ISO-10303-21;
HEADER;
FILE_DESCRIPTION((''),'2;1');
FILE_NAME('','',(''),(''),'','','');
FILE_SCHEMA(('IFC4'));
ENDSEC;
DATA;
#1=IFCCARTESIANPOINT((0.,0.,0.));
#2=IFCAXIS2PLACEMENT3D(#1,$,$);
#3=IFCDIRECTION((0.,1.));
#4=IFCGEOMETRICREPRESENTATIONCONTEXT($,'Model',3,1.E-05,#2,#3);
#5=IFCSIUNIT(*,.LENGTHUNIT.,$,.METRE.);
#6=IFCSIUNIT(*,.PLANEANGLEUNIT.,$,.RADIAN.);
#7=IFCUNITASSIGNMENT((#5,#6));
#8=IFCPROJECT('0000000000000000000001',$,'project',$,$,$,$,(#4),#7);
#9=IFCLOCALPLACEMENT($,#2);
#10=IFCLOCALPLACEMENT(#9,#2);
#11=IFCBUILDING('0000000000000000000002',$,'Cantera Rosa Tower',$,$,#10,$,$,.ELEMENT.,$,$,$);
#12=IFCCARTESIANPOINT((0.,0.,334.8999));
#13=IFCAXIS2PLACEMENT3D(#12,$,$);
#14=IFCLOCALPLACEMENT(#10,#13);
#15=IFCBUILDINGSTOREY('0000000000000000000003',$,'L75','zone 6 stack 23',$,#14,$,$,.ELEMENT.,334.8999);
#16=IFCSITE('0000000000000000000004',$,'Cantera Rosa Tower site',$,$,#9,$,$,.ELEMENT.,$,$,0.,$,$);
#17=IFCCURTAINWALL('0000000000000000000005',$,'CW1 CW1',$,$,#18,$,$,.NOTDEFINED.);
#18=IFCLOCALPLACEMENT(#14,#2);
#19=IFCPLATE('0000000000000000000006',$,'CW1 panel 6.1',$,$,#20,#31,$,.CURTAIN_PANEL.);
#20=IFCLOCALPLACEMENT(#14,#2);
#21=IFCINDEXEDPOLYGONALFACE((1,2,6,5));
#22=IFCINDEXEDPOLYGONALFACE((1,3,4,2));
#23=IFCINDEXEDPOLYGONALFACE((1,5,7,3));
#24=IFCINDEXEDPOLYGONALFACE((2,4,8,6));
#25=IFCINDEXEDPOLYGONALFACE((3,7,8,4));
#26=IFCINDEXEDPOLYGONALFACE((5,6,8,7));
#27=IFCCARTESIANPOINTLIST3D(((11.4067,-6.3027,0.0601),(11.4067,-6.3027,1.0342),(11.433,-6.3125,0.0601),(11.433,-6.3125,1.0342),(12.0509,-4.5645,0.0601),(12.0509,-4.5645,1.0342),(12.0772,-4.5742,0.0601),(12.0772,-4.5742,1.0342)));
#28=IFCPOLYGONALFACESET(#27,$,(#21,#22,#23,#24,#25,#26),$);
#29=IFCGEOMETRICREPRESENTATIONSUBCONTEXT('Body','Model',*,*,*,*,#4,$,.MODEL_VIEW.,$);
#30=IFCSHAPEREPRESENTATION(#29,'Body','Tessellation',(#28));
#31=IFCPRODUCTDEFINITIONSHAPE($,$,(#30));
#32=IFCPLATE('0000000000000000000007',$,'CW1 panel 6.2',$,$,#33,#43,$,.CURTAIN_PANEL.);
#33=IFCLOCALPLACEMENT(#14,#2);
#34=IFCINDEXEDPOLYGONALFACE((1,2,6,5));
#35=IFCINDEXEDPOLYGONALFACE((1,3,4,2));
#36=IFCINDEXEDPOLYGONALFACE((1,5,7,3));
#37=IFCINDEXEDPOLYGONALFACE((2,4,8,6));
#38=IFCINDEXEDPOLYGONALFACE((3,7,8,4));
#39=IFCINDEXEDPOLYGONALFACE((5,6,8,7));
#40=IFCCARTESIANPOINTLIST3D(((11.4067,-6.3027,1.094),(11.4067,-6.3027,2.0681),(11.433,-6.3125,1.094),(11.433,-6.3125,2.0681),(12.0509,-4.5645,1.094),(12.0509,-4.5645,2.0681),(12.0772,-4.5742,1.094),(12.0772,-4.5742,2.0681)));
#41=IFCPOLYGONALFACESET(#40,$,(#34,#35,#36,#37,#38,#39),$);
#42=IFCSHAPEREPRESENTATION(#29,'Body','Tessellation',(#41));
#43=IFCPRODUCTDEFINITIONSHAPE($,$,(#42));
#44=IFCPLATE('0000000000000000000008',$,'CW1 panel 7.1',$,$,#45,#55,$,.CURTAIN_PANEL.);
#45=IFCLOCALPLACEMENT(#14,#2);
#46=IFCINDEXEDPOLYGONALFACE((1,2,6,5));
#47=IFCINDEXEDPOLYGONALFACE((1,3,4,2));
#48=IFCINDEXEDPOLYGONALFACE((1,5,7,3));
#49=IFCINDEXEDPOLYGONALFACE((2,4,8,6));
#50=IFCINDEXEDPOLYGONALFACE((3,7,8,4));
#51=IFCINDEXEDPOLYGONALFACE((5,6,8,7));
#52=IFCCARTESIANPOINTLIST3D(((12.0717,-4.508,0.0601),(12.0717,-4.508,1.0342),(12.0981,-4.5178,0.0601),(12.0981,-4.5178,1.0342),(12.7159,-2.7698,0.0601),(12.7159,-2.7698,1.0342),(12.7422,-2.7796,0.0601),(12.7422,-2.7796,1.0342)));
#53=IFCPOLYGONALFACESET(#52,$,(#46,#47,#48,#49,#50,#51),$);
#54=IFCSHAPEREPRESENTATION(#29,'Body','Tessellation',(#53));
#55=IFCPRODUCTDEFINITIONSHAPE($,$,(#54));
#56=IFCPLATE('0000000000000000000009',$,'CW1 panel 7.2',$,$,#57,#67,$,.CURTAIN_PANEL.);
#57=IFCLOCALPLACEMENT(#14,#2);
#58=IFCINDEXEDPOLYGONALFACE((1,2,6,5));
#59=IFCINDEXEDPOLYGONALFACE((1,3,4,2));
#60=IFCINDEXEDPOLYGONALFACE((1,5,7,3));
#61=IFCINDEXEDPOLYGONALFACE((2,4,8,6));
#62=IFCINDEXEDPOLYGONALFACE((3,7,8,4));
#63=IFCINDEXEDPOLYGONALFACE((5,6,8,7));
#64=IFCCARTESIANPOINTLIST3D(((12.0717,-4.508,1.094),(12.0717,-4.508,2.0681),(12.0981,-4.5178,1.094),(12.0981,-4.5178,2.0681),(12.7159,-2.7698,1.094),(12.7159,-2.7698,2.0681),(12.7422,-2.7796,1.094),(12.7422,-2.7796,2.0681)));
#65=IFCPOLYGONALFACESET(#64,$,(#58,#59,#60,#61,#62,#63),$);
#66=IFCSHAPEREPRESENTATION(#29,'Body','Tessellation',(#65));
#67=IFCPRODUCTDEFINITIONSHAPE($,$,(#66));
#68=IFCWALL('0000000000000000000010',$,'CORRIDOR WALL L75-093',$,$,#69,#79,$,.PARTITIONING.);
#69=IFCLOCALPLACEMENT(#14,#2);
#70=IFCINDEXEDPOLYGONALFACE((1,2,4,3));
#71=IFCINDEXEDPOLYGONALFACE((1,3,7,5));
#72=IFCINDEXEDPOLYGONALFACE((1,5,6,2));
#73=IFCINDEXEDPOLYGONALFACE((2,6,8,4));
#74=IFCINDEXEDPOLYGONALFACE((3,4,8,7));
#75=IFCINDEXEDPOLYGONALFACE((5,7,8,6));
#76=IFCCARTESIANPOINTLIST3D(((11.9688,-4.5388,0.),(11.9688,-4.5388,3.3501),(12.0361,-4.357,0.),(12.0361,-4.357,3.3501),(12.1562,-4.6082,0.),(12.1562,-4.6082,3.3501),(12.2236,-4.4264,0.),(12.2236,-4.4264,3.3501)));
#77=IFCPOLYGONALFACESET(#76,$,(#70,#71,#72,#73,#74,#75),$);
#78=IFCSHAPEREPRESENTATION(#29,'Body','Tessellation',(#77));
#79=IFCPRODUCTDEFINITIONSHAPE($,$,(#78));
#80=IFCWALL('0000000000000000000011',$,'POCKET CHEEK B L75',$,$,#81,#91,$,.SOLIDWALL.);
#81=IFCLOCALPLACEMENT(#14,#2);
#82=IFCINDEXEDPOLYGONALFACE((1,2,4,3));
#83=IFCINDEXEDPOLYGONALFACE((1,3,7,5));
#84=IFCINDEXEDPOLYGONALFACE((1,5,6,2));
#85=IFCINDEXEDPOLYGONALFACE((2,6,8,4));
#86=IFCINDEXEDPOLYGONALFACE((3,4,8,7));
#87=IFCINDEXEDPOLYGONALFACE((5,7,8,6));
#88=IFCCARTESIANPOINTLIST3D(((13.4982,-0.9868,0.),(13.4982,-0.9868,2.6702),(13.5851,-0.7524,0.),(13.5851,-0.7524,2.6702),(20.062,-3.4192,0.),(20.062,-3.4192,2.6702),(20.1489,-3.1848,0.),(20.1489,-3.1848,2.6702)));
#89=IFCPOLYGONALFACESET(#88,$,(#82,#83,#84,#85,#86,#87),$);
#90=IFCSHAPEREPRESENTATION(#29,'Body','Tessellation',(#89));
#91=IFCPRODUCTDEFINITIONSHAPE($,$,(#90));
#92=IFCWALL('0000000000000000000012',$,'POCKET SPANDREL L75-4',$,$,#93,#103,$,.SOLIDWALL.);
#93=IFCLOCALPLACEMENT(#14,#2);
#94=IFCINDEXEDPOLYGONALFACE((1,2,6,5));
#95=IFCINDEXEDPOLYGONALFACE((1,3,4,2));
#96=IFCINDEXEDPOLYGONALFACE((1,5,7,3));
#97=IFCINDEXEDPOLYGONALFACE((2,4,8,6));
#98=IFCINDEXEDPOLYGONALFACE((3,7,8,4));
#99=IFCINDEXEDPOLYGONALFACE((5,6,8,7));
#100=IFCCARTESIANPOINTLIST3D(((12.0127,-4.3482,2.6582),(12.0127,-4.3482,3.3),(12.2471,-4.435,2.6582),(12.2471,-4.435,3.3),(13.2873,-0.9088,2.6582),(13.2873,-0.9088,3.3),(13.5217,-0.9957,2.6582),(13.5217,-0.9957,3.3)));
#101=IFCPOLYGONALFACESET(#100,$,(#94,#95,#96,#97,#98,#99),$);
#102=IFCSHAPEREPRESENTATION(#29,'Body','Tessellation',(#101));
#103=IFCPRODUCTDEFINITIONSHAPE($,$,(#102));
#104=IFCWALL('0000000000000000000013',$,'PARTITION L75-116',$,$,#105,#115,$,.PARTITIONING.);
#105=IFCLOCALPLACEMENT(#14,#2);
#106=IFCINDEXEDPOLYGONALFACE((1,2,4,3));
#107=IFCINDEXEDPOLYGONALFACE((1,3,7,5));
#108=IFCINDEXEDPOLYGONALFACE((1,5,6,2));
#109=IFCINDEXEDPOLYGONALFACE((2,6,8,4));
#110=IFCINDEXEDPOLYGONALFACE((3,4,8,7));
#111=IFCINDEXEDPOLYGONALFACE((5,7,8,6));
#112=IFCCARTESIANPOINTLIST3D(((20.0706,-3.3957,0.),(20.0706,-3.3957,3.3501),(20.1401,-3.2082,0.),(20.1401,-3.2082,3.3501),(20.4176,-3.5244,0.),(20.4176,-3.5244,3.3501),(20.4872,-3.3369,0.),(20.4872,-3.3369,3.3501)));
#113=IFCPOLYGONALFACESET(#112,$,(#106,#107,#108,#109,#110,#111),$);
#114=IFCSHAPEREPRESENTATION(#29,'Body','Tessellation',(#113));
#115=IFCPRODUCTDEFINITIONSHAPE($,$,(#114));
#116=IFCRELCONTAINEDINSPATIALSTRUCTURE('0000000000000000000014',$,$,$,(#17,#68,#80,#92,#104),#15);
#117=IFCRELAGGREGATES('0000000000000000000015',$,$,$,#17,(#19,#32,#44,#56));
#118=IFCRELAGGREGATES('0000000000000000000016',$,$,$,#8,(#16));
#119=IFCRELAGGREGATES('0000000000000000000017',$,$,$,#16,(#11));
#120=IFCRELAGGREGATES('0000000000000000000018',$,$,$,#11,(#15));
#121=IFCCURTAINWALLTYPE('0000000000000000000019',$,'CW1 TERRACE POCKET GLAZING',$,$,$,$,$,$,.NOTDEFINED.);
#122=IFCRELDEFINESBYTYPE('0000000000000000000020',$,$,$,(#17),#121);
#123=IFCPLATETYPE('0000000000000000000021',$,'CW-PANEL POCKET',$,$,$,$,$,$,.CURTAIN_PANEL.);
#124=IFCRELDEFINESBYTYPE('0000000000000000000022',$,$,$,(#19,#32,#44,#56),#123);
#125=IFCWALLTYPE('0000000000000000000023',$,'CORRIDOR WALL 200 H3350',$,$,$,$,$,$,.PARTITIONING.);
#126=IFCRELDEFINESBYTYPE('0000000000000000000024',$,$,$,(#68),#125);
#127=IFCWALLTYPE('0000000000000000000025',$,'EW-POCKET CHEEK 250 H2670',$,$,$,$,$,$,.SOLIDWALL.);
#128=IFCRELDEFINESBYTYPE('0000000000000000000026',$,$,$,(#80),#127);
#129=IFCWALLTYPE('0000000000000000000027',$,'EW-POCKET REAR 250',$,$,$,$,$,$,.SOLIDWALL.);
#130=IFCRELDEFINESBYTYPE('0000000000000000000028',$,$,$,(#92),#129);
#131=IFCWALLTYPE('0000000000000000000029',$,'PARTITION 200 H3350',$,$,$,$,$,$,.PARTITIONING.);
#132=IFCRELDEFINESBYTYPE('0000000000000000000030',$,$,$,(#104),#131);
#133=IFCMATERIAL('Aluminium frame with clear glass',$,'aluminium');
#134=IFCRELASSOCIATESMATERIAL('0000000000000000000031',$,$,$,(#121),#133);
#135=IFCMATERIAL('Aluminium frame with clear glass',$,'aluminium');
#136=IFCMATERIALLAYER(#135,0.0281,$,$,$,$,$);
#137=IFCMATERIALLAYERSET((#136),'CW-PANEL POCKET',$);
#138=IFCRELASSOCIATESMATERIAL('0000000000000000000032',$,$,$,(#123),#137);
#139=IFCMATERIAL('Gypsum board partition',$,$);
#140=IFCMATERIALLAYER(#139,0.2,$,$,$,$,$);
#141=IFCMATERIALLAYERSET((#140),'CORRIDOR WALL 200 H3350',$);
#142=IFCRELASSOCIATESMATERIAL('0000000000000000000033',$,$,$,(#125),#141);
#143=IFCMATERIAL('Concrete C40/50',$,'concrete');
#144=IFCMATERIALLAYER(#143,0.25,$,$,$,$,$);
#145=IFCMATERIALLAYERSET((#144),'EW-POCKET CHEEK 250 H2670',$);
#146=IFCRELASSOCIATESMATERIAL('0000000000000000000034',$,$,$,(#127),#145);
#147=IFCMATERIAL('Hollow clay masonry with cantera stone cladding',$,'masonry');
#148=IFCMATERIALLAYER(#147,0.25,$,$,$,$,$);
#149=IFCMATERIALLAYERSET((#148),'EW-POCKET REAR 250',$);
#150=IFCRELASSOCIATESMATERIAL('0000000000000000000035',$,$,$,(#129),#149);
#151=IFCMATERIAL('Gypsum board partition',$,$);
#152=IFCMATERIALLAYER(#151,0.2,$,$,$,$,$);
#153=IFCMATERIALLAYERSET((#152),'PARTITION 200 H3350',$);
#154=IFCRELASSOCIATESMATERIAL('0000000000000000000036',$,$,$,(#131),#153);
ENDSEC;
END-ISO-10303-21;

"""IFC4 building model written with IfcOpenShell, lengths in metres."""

from ifc_helpers import new_model, si_unit, direction, frame, frame_2d, origin, origin_2d, place, context, subcontext, project, spatial, rectangle, extrude, material, layer, layer_set, type_object, element, aggregate, save


model = new_model("IFC4")

# Units and contexts
model_context = context("Model", 3, precision=1e-05, world=origin(), true_north=direction((0.0, 1.0)))
body_context = subcontext(model_context, "Body", "Model", "MODEL_VIEW")
ifc_project = project(units=[si_unit("LENGTHUNIT", "METRE"), si_unit("PLANEANGLEUNIT", "RADIAN")], contexts=[model_context])

# Site, building, storey
site_placement = place(None, origin())
site = spatial("IfcSite", under=ifc_project, at=site_placement, Name="Cantera Rosa Tower site", CompositionType="ELEMENT", RefElevation=0.0)
building_placement = place(site_placement, origin())
building = spatial("IfcBuilding", under=site, at=building_placement, Name="Cantera Rosa Tower", CompositionType="ELEMENT")
storey_placement = place(building_placement, frame((0.0, 0.0, 334.8999)))
storey = spatial("IfcBuildingStorey", under=building, at=storey_placement, Name="L75", Description="zone 6 stack 23", CompositionType="ELEMENT", Elevation=334.8999)

# Curtain wall
ifc_material_1 = material(Name="Aluminium frame with clear glass", Category="aluminium")
curtain_wall_type = type_object("IfcCurtainWallType", Name="CW1 TERRACE POCKET GLAZING", PredefinedType="NOTDEFINED", material=ifc_material_1)
curtain_wall_placement = place(storey_placement, origin())
curtain_wall = element("IfcCurtainWall", 1, at=curtain_wall_placement, inside=storey, type_object=curtain_wall_type, Name="CW1 CW1", PredefinedType="NOTDEFINED")

# Plates
ifc_material_2 = material(Name="Aluminium frame with clear glass", Category="aluminium")
ifc_layer_1 = layer(ifc_material_2, 0.0281)
ifc_layer_set_1 = layer_set([ifc_layer_1], Name="CW-PANEL POCKET")
plate_type = type_object("IfcPlateType", Name="CW-PANEL POCKET", PredefinedType="CURTAIN_PANEL", material=ifc_layer_set_1)
plate_1_placement = place(storey_placement, frame((11.7419, -5.4385, 0.0601), z_axis=(0.0, 0.0, 1.0), x_axis=(0.347481, 0.937687, 0.0)))
plate_1 = element("IfcPlate", 2, at=plate_1_placement, type_object=plate_type, Name="CW1 panel 6.1", PredefinedType="CURTAIN_PANEL", context=body_context, shape_type="SweptSolid", body=[
    extrude(rectangle(XDim=1.8538, YDim=0.0281, at=origin_2d()), origin(), (0.0, 0.0, 1.0), 0.9741),
])
plate_2_placement = place(storey_placement, frame((11.7419, -5.4385, 1.094), z_axis=(0.0, 0.0, 1.0), x_axis=(0.347481, 0.937687, 0.0)))
plate_2 = element("IfcPlate", 3, at=plate_2_placement, type_object=plate_type, Name="CW1 panel 6.2", PredefinedType="CURTAIN_PANEL", context=body_context, shape_type="SweptSolid", body=[
    extrude(rectangle(XDim=1.8538, YDim=0.0281, at=origin_2d()), origin(), (0.0, 0.0, 1.0), 0.9741),
])
plate_3_placement = place(storey_placement, frame((12.407, -3.6438, 0.0601), z_axis=(0.0, 0.0, 1.0), x_axis=(0.347481, 0.937687, 0.0)))
plate_3 = element("IfcPlate", 4, at=plate_3_placement, type_object=plate_type, Name="CW1 panel 7.1", PredefinedType="CURTAIN_PANEL", context=body_context, shape_type="SweptSolid", body=[
    extrude(rectangle(XDim=1.8538, YDim=0.0281, at=origin_2d()), origin(), (0.0, 0.0, 1.0), 0.9741),
])
plate_4_placement = place(storey_placement, frame((12.407, -3.6438, 1.094), z_axis=(0.0, 0.0, 1.0), x_axis=(0.347481, 0.937687, 0.0)))
plate_4 = element("IfcPlate", 5, at=plate_4_placement, type_object=plate_type, Name="CW1 panel 7.2", PredefinedType="CURTAIN_PANEL", context=body_context, shape_type="SweptSolid", body=[
    extrude(rectangle(XDim=1.8538, YDim=0.0281, at=origin_2d()), origin(), (0.0, 0.0, 1.0), 0.9741),
])
aggregate(curtain_wall, [plate_1, plate_2, plate_3, plate_4])

# Wall
ifc_material_3 = material(Name="Gypsum board partition")
ifc_layer_2 = layer(ifc_material_3, 0.2)
ifc_layer_set_2 = layer_set([ifc_layer_2], Name="CORRIDOR WALL 200 H3350")
wall_type_1 = type_object("IfcWallType", Name="CORRIDOR WALL 200 H3350", PredefinedType="PARTITIONING", material=ifc_layer_set_2)
wall_1_placement = place(storey_placement, frame((12.0625, -4.5735, 0.0), z_axis=(0.0, 0.0, 1.0), x_axis=(0.347396, 0.937718, 0.0)))
element("IfcWall", 6, at=wall_1_placement, inside=storey, type_object=wall_type_1, Name="CORRIDOR WALL L75-093", PredefinedType="PARTITIONING", context=body_context, shape_type="SweptSolid", body=[
    extrude(rectangle(XDim=0.1938, YDim=0.2, at=frame_2d((0.0969, 0.0))), origin(), (0.0, 0.0, 1.0), 3.3501),
])

# Walls
ifc_material_4 = material(Name="Concrete C40/50", Category="concrete")
ifc_layer_3 = layer(ifc_material_4, 0.25)
ifc_layer_set_3 = layer_set([ifc_layer_3], Name="EW-POCKET CHEEK 250 H2670")
wall_type_2 = type_object("IfcWallType", Name="EW-POCKET CHEEK 250 H2670", PredefinedType="SOLIDWALL", material=ifc_layer_set_3)
wall_2_placement = place(storey_placement, frame((20.1055, -3.302, 0.0), z_axis=(0.0, 0.0, 1.0), x_axis=(-0.937685, 0.347486, 0.0)))
element("IfcWall", 7, at=wall_2_placement, inside=storey, type_object=wall_type_2, Name="POCKET CHEEK B L75", PredefinedType="SOLIDWALL", context=body_context, shape_type="SweptSolid", body=[
    extrude(rectangle(XDim=7.0, YDim=0.25, at=frame_2d((3.5, 0.0))), origin(), (0.0, 0.0, 1.0), 2.6702),
])
ifc_material_5 = material(Name="Hollow clay masonry with cantera stone cladding", Category="masonry")
ifc_layer_4 = layer(ifc_material_5, 0.25)
ifc_layer_set_4 = layer_set([ifc_layer_4], Name="EW-POCKET REAR 250")
wall_type_3 = type_object("IfcWallType", Name="EW-POCKET REAR 250", PredefinedType="SOLIDWALL", material=ifc_layer_set_4)
wall_3_placement = place(storey_placement, frame((12.1299, -4.3916, 2.6582), z_axis=(0.0, 0.0, 1.0), x_axis=(0.347503, 0.937679, 0.0)))
element("IfcWall", 8, at=wall_3_placement, inside=storey, type_object=wall_type_3, Name="POCKET SPANDREL L75-4", PredefinedType="SOLIDWALL", context=body_context, shape_type="SweptSolid", body=[
    extrude(rectangle(XDim=3.668, YDim=0.25, at=frame_2d((1.834, 0.0))), origin(), (0.0, 0.0, 1.0), 0.6418),
])
ifc_material_6 = material(Name="Gypsum board partition")
ifc_layer_5 = layer(ifc_material_6, 0.2)
ifc_layer_set_5 = layer_set([ifc_layer_5], Name="PARTITION 200 H3350")
wall_type_4 = type_object("IfcWallType", Name="PARTITION 200 H3350", PredefinedType="PARTITIONING", material=ifc_layer_set_5)
wall_4_placement = place(storey_placement, frame((20.4524, -3.4307, 0.0), z_axis=(0.0, 0.0, 1.0), x_axis=(-0.937597, 0.347723, 0.0)))
element("IfcWall", 9, at=wall_4_placement, inside=storey, type_object=wall_type_4, Name="PARTITION L75-116", PredefinedType="PARTITIONING", context=body_context, shape_type="SweptSolid", body=[
    extrude(rectangle(XDim=0.3701, YDim=0.2, at=frame_2d((0.1851, 0.0))), origin(), (0.0, 0.0, 1.0), 3.3501),
])

save(model, "model.ifc")
